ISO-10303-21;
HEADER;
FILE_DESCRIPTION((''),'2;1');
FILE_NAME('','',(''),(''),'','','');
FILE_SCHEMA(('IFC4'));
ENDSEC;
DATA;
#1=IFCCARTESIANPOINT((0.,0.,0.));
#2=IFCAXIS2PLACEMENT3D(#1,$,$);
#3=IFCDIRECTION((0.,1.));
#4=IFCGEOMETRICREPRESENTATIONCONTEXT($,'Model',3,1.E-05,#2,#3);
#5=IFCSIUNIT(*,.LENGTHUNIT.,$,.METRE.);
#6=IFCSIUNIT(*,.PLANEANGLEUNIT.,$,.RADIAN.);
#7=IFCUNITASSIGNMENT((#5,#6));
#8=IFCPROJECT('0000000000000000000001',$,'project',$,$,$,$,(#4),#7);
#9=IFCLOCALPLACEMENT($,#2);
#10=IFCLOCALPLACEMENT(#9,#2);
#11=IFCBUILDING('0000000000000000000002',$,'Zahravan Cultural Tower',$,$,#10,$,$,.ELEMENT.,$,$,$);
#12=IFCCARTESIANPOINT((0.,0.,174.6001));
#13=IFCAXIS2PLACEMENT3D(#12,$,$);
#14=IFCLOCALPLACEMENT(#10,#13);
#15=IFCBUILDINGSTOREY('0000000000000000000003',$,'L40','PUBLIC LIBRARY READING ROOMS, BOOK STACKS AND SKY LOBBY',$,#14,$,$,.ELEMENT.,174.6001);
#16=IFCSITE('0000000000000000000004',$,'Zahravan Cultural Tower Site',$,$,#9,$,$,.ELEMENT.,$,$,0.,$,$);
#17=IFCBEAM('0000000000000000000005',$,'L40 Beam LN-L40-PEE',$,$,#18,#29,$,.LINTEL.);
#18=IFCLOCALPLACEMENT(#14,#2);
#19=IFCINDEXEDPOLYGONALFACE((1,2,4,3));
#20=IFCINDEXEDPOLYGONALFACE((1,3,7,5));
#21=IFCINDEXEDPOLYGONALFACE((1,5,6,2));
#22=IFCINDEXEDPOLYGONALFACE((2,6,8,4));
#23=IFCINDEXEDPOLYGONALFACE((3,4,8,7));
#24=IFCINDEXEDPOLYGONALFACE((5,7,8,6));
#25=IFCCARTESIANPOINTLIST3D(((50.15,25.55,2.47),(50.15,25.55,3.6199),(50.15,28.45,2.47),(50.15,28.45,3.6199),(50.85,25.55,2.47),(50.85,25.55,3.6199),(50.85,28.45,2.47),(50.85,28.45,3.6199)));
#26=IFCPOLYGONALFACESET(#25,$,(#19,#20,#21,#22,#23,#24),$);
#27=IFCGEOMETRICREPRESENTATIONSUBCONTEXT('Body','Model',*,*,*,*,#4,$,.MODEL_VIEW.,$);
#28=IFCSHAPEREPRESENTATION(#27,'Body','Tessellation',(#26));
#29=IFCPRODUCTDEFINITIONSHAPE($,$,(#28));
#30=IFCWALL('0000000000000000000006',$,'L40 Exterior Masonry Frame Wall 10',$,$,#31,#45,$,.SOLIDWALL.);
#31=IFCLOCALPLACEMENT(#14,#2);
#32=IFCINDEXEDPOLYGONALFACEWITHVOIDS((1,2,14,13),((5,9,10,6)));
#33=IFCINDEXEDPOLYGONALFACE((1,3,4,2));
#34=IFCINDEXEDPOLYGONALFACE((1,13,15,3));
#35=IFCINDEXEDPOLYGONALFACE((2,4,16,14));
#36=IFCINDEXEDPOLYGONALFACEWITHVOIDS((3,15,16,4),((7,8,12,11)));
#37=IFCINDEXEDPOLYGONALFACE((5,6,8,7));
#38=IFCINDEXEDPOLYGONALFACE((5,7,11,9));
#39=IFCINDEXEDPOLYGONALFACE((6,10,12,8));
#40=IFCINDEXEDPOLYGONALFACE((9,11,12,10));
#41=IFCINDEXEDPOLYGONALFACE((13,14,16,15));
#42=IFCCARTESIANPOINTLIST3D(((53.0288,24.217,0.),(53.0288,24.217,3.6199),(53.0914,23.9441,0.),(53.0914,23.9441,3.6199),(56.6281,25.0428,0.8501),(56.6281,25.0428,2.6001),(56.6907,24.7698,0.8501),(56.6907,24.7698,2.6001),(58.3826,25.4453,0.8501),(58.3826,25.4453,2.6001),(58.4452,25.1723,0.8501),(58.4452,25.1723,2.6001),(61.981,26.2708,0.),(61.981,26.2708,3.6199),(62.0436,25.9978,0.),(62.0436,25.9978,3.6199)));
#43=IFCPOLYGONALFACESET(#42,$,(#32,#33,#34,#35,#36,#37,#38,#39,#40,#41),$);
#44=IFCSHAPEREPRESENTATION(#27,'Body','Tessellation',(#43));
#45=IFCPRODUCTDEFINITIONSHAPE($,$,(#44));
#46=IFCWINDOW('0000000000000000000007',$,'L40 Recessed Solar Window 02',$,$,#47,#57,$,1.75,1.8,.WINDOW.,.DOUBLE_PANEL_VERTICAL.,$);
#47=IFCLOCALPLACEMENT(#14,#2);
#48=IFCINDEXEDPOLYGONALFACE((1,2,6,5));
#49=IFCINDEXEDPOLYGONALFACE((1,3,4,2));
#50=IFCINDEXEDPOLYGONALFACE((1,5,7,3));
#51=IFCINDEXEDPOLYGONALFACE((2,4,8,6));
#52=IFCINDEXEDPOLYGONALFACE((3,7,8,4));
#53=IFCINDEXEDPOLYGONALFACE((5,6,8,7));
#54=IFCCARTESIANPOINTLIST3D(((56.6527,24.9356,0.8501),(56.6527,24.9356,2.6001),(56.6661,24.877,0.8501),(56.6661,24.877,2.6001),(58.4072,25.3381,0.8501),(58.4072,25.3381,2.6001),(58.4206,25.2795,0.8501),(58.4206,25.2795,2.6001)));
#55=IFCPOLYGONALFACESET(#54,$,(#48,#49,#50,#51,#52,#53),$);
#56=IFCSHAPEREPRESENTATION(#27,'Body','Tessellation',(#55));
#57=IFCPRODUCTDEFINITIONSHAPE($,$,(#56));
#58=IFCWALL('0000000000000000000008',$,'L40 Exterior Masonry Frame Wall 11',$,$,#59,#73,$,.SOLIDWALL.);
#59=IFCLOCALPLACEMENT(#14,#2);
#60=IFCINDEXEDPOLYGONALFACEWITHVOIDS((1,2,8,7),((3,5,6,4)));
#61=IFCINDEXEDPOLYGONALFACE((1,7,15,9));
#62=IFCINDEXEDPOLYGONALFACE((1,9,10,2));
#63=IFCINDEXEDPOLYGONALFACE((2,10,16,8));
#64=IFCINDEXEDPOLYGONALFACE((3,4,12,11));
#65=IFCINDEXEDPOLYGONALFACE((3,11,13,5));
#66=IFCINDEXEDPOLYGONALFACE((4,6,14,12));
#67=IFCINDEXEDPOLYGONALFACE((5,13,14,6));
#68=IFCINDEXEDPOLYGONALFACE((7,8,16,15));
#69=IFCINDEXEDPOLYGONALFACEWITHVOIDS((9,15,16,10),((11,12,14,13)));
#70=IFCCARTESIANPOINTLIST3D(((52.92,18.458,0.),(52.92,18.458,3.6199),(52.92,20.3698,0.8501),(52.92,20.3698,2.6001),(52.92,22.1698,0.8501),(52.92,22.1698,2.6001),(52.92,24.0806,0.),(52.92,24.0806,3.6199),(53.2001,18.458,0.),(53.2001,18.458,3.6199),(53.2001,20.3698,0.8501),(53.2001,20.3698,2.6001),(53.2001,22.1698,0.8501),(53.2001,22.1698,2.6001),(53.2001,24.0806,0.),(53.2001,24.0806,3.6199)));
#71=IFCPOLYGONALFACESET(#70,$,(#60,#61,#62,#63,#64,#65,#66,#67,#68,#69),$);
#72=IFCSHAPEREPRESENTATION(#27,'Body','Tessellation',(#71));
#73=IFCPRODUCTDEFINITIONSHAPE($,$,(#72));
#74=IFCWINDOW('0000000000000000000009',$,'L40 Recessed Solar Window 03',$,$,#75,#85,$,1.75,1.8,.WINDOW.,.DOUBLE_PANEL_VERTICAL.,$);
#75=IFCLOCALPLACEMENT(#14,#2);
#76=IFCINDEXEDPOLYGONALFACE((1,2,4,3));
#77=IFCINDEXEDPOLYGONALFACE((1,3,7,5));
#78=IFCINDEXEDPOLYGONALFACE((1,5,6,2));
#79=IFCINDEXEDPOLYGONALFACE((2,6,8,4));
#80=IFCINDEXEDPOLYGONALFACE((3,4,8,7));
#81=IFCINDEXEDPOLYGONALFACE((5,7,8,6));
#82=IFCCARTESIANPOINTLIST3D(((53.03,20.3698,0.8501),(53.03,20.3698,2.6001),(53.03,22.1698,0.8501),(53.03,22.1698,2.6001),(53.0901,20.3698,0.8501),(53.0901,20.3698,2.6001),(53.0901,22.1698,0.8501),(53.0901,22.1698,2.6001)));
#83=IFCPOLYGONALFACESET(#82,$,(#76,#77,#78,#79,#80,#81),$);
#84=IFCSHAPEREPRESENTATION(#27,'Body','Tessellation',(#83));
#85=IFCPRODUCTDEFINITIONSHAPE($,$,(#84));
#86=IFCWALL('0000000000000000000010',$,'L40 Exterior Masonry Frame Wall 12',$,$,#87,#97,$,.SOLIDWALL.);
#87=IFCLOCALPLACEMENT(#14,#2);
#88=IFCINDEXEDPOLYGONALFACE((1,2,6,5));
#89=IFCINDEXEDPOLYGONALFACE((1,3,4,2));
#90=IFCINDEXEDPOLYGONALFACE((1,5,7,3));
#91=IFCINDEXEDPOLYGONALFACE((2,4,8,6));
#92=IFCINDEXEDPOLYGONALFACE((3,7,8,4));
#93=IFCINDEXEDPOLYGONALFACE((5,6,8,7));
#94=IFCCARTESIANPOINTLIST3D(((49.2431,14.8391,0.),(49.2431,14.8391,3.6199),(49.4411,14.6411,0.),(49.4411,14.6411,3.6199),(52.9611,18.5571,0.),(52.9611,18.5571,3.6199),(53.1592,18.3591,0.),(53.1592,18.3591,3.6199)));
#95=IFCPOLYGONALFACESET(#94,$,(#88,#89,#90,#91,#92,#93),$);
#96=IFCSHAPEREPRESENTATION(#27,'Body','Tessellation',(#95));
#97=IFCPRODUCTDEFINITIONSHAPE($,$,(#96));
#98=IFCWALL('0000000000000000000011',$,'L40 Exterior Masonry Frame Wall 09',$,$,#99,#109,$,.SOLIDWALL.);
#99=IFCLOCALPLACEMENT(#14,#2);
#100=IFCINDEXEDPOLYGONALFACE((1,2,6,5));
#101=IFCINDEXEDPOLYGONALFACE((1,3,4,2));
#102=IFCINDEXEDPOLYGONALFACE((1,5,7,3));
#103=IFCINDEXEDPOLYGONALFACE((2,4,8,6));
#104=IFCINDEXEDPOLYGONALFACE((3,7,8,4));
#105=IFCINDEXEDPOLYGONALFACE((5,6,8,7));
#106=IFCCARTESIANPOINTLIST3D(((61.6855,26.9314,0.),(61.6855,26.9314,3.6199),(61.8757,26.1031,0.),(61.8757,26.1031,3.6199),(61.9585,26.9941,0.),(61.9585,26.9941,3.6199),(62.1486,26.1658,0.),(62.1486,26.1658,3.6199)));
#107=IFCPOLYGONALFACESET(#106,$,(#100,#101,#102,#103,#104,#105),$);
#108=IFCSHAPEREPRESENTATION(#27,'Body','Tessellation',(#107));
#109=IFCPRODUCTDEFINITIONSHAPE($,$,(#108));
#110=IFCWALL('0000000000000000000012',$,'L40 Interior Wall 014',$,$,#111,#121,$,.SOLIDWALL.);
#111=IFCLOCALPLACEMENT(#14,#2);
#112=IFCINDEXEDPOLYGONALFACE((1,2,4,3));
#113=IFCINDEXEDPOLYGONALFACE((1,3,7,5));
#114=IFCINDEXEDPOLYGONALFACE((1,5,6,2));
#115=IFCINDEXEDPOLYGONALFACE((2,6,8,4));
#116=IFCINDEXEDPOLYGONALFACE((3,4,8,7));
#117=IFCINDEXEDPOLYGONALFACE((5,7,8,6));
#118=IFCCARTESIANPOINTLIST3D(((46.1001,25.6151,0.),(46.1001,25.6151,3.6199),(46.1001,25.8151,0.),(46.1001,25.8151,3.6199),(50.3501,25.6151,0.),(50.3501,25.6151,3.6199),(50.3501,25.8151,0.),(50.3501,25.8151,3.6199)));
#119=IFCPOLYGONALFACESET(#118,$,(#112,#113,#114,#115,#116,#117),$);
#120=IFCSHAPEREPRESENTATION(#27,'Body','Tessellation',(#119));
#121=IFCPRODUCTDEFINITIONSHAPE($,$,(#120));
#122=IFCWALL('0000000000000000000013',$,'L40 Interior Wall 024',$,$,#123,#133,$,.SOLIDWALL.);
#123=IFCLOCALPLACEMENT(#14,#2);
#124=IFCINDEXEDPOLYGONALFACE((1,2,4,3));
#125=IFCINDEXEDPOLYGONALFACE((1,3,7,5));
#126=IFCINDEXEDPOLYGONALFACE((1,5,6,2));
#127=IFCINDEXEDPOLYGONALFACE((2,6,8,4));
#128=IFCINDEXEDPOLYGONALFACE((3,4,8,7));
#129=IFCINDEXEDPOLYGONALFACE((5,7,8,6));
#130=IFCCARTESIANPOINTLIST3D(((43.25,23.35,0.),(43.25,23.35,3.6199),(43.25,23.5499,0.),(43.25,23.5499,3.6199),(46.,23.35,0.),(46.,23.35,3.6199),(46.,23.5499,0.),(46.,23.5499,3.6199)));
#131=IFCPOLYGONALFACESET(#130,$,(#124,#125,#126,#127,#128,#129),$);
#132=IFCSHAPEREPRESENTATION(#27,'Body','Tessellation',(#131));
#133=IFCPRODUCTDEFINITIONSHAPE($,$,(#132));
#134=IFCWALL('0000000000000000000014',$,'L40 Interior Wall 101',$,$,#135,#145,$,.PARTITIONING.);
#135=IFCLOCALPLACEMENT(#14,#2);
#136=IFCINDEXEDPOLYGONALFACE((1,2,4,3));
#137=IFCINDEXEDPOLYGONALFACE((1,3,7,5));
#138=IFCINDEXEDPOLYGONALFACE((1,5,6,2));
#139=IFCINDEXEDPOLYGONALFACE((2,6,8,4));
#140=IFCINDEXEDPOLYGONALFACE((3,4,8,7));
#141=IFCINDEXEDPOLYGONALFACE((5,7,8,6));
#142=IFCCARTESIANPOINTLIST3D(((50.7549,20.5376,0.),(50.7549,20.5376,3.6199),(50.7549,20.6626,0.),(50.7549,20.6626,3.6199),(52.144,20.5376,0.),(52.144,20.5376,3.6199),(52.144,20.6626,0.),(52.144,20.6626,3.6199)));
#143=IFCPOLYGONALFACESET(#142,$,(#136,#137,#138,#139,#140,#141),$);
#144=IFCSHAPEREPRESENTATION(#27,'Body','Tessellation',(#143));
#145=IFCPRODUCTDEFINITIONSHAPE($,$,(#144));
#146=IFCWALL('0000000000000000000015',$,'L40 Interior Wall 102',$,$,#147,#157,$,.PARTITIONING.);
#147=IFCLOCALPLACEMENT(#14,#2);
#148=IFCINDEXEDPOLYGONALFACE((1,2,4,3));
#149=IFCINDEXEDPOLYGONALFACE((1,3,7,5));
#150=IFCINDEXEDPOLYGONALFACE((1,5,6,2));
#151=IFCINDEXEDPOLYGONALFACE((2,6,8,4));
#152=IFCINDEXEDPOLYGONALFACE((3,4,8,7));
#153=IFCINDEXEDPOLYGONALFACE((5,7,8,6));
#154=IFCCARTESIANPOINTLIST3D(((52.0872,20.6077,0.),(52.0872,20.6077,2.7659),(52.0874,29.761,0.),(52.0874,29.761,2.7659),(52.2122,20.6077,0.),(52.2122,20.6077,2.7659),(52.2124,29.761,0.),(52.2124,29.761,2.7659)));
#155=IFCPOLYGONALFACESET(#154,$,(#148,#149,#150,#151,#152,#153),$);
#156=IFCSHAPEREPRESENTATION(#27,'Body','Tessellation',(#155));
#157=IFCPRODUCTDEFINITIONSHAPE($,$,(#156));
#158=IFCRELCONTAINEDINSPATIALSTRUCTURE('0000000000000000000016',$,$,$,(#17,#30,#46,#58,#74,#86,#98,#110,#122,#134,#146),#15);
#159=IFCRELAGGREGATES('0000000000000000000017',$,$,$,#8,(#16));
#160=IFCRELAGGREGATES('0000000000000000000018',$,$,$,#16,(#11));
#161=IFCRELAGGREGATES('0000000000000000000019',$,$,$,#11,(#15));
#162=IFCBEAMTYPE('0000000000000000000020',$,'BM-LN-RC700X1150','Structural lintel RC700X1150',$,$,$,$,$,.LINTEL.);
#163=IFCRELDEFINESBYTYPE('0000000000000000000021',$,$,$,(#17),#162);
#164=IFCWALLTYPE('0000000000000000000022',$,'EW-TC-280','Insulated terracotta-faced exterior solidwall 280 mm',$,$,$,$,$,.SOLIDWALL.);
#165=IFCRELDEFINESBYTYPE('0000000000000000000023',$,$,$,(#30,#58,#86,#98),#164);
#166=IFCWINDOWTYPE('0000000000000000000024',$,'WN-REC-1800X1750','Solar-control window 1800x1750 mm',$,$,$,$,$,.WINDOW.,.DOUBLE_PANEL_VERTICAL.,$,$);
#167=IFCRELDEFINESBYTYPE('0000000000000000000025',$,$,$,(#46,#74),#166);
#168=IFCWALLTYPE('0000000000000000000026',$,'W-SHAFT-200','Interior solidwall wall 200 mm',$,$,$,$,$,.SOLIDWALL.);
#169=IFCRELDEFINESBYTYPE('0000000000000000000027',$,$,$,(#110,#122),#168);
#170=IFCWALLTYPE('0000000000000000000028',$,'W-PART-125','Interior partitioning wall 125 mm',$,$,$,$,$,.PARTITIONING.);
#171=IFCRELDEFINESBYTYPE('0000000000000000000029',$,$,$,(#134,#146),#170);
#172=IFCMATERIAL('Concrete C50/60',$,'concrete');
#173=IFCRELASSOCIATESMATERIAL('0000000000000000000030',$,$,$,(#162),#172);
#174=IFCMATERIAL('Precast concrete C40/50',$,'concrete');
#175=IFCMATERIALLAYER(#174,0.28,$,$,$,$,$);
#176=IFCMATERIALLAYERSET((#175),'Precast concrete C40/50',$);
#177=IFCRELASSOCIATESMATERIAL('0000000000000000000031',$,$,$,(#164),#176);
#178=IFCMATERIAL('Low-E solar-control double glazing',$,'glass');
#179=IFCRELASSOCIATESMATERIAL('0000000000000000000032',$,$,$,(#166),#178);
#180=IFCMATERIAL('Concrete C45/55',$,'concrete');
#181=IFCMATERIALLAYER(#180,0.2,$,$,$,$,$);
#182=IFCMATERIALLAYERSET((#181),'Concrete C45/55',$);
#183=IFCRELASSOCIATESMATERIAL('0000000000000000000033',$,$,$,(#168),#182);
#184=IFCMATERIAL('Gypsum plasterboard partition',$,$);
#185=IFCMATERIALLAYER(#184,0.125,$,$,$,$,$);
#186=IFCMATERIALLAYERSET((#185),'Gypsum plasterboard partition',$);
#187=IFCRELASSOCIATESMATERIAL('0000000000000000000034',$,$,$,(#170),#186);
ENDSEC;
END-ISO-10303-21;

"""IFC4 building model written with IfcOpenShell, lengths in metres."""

from ifc_helpers import new_model, si_unit, direction, frame, frame_2d, origin, origin_2d, place, context, subcontext, project, spatial, rectangle, extrude, source, transform, mapped, material, layer, layer_set, material_profile, profile_set, type_object, element, fill, save


model = new_model("IFC4")

# Units and contexts
model_context = context("Model", 3, precision=1e-05, world=origin(), true_north=direction((0.0, 1.0)))
body_context = subcontext(model_context, "Body", "Model", "MODEL_VIEW")
ifc_project = project(units=[si_unit("LENGTHUNIT", "METRE"), si_unit("PLANEANGLEUNIT", "RADIAN")], contexts=[model_context])

# Site, building, storey
site_placement = place(None, origin())
site = spatial("IfcSite", under=ifc_project, at=site_placement, Name="Zahravan Cultural Tower Site", CompositionType="ELEMENT", RefElevation=0.0)
building_placement = place(site_placement, origin())
building = spatial("IfcBuilding", under=site, at=building_placement, Name="Zahravan Cultural Tower", CompositionType="ELEMENT")
storey_placement = place(building_placement, frame((0.0, 0.0, 174.6001)))
storey = spatial("IfcBuildingStorey", under=building, at=storey_placement, Name="L40", Description="PUBLIC LIBRARY READING ROOMS, BOOK STACKS AND SKY LOBBY", CompositionType="ELEMENT", Elevation=174.6001)

# Beam
ifc_material_1 = material(Name="Concrete C50/60", Category="concrete")
ifc_material_profile = material_profile(ifc_material_1, rectangle(XDim=0.7, YDim=1.1499, at=origin_2d()), Name="RC700X1150")
ifc_profile_set = profile_set([ifc_material_profile], Name="Concrete C50/60")
beam_type = type_object("IfcBeamType", Name="BM-LN-RC700X1150", Description="Structural lintel RC700X1150", PredefinedType="LINTEL", material=ifc_profile_set)
shared_shape_1 = source(origin(), body_context, "Body", "SweptSolid", [
    extrude(rectangle(XDim=0.7, YDim=1.1499, at=origin_2d()), origin(), (0.0, 0.0, 1.0), 2.8999),
])
beam_placement = place(storey_placement, frame((50.5, 25.55, 3.0449), z_axis=(0.0, 1.0, 0.0), x_axis=(-1.0, 0.0, 0.0)))
element("IfcBeam", 1, at=beam_placement, inside=storey, type_object=beam_type, Name="L40 Beam LN-L40-PEE", PredefinedType="LINTEL", context=body_context, shape_type="MappedRepresentation", body=[
    mapped(shared_shape_1, transform((0.0, 0.0, 0.0), x_axis=(1.0, 0.0, 0.0), y_axis=(0.0, 1.0, 0.0), z_axis=(0.0, 0.0, 1.0), scale=1.0)),
])

# Walls, openings, windows
ifc_material_2 = material(Name="Precast concrete C40/50", Category="concrete")
ifc_layer_1 = layer(ifc_material_2, 0.28)
ifc_layer_set_1 = layer_set([ifc_layer_1], Name="Precast concrete C40/50")
wall_type_1 = type_object("IfcWallType", Name="EW-TC-280", Description="Insulated terracotta-faced exterior solidwall 280 mm", PredefinedType="SOLIDWALL", material=ifc_layer_set_1)
wall_1_placement = place(storey_placement, frame((62.0122, 26.1343, 0.0), z_axis=(0.0, 0.0, 1.0), x_axis=(-0.974681, -0.223601, 0.0)))
wall_1 = element("IfcWall", 2, at=wall_1_placement, inside=storey, type_object=wall_type_1, Name="L40 Exterior Masonry Frame Wall 10", PredefinedType="SOLIDWALL", context=body_context, shape_type="SweptSolid", body=[
    extrude(rectangle(XDim=9.1848, YDim=0.28, at=frame_2d((4.5923, 0.0))), origin(), (0.0, 0.0, 1.0), 3.6199),
])
opening_1_placement = place(wall_1_placement, frame((3.6919, 0.0, 0.8501)))
opening_1 = element("IfcOpeningElement", 3, at=opening_1_placement, cuts=wall_1, PredefinedType="OPENING", context=body_context, shape_type="SweptSolid", body=[
    extrude(rectangle(XDim=1.8, YDim=1.75, at=frame_2d((0.8999, 0.875))), frame((0.0, 0.1499, 0.0), z_axis=(0.0, -1.0, 0.0), x_axis=(1.0, 0.0, 0.0)), (0.0, 0.0, 1.0), 0.3),
])
ifc_material_3 = material(Name="Low-E solar-control double glazing", Category="glass")
window_type = type_object("IfcWindowType", Name="WN-REC-1800X1750", Description="Solar-control window 1800x1750 mm", PartitioningType="DOUBLE_PANEL_VERTICAL", PredefinedType="WINDOW", material=ifc_material_3)
shared_shape_2 = source(origin(), body_context, "Body", "SweptSolid", [
    extrude(rectangle(XDim=1.8, YDim=1.75, at=frame_2d((0.8999, 0.875))), frame((0.0, 0.03, 0.0), z_axis=(0.0, -1.0, 0.0), x_axis=(1.0, 0.0, 0.0)), (0.0, 0.0, 1.0), 0.0601),
])
window_1_placement = place(opening_1_placement, origin())
window_1 = element("IfcWindow", 4, at=window_1_placement, inside=storey, type_object=window_type, Name="L40 Recessed Solar Window 02", OverallHeight=1.75, OverallWidth=1.8, PartitioningType="DOUBLE_PANEL_VERTICAL", PredefinedType="WINDOW", context=body_context, shape_type="MappedRepresentation", body=[
    mapped(shared_shape_2, transform((0.0, 0.0, 0.0), x_axis=(1.0, 0.0, 0.0), y_axis=(0.0, 1.0, 0.0), z_axis=(0.0, 0.0, 1.0), scale=1.0)),
])
fill(opening_1, window_1)
wall_2_placement = place(storey_placement, frame((53.0601, 24.0806, 0.0), z_axis=(0.0, 0.0, 1.0), x_axis=(0.0, -1.0, 0.0)))
wall_2 = element("IfcWall", 5, at=wall_2_placement, inside=storey, type_object=wall_type_1, Name="L40 Exterior Masonry Frame Wall 11", PredefinedType="SOLIDWALL", context=body_context, shape_type="SweptSolid", body=[
    extrude(rectangle(XDim=5.6226, YDim=0.28, at=frame_2d((2.8113, 0.0))), origin(), (0.0, 0.0, 1.0), 3.6199),
])
opening_2_placement = place(wall_2_placement, frame((1.9109, 0.0, 0.8501)))
opening_2 = element("IfcOpeningElement", 6, at=opening_2_placement, cuts=wall_2, PredefinedType="OPENING", context=body_context, shape_type="SweptSolid", body=[
    extrude(rectangle(XDim=1.8, YDim=1.75, at=frame_2d((0.8999, 0.875))), frame((0.0, 0.1499, 0.0), z_axis=(0.0, -1.0, 0.0), x_axis=(1.0, 0.0, 0.0)), (0.0, 0.0, 1.0), 0.3),
])
window_2_placement = place(opening_2_placement, origin())
window_2 = element("IfcWindow", 7, at=window_2_placement, inside=storey, type_object=window_type, Name="L40 Recessed Solar Window 03", OverallHeight=1.75, OverallWidth=1.8, PartitioningType="DOUBLE_PANEL_VERTICAL", PredefinedType="WINDOW", context=body_context, shape_type="MappedRepresentation", body=[
    mapped(shared_shape_2, transform((0.0, 0.0, 0.0), x_axis=(1.0, 0.0, 0.0), y_axis=(0.0, 1.0, 0.0), z_axis=(0.0, 0.0, 1.0), scale=1.0)),
])
fill(opening_2, window_2)

# Walls
shared_shape_3 = source(origin(), body_context, "Body", "SweptSolid", [
    extrude(rectangle(XDim=5.2581, YDim=0.28, at=frame_2d((2.6289, 0.0))), origin(), (0.0, 0.0, 1.0), 3.6199),
])
wall_3_placement = place(storey_placement, frame((53.0601, 18.458, 0.0), z_axis=(0.0, 0.0, 1.0), x_axis=(-0.707107, -0.707107, 0.0)))
element("IfcWall", 8, at=wall_3_placement, inside=storey, type_object=wall_type_1, Name="L40 Exterior Masonry Frame Wall 12", PredefinedType="SOLIDWALL", context=body_context, shape_type="MappedRepresentation", body=[
    mapped(shared_shape_3, transform((0.0, 0.0, 0.0), x_axis=(1.0, 0.0, 0.0), y_axis=(0.0, 1.0, 0.0), z_axis=(0.0, 0.0, 1.0), scale=1.0)),
])
shared_shape_4 = source(origin(), body_context, "Body", "SweptSolid", [
    extrude(rectangle(XDim=0.8499, YDim=0.28, at=frame_2d((0.4248, 0.0))), origin(), (0.0, 0.0, 1.0), 3.6199),
])
wall_4_placement = place(storey_placement, frame((61.822, 26.9626, 0.0), z_axis=(0.0, 0.0, 1.0), x_axis=(0.223768, -0.974642, 0.0)))
element("IfcWall", 9, at=wall_4_placement, inside=storey, type_object=wall_type_1, Name="L40 Exterior Masonry Frame Wall 09", PredefinedType="SOLIDWALL", context=body_context, shape_type="MappedRepresentation", body=[
    mapped(shared_shape_4, transform((0.0, 0.0, 0.0), x_axis=(1.0, 0.0, 0.0), y_axis=(0.0, 1.0, 0.0), z_axis=(0.0, 0.0, 1.0), scale=1.0)),
])
ifc_material_4 = material(Name="Concrete C45/55", Category="concrete")
ifc_layer_2 = layer(ifc_material_4, 0.2)
ifc_layer_set_2 = layer_set([ifc_layer_2], Name="Concrete C45/55")
wall_type_2 = type_object("IfcWallType", Name="W-SHAFT-200", Description="Interior solidwall wall 200 mm", PredefinedType="SOLIDWALL", material=ifc_layer_set_2)
shared_shape_5 = source(origin(), body_context, "Body", "SweptSolid", [
    extrude(rectangle(XDim=4.25, YDim=0.2, at=frame_2d((2.125, 0.0))), origin(), (0.0, 0.0, 1.0), 3.6199),
])
wall_5_placement = place(storey_placement, frame((46.1001, 25.7151, 0.0), z_axis=(0.0, 0.0, 1.0), x_axis=(1.0, 0.0, 0.0)))
element("IfcWall", 10, at=wall_5_placement, inside=storey, type_object=wall_type_2, Name="L40 Interior Wall 014", PredefinedType="SOLIDWALL", context=body_context, shape_type="MappedRepresentation", body=[
    mapped(shared_shape_5, transform((0.0, 0.0, 0.0), x_axis=(1.0, 0.0, 0.0), y_axis=(0.0, 1.0, 0.0), z_axis=(0.0, 0.0, 1.0), scale=1.0)),
])
shared_shape_6 = source(origin(), body_context, "Body", "SweptSolid", [
    extrude(rectangle(XDim=2.75, YDim=0.2, at=frame_2d((1.375, 0.0))), origin(), (0.0, 0.0, 1.0), 3.6199),
])
wall_6_placement = place(storey_placement, frame((43.25, 23.45, 0.0), z_axis=(0.0, 0.0, 1.0), x_axis=(1.0, 0.0, 0.0)))
element("IfcWall", 11, at=wall_6_placement, inside=storey, type_object=wall_type_2, Name="L40 Interior Wall 024", PredefinedType="SOLIDWALL", context=body_context, shape_type="MappedRepresentation", body=[
    mapped(shared_shape_6, transform((0.0, 0.0, 0.0), x_axis=(1.0, 0.0, 0.0), y_axis=(0.0, 1.0, 0.0), z_axis=(0.0, 0.0, 1.0), scale=1.0)),
])
ifc_material_5 = material(Name="Gypsum plasterboard partition")
ifc_layer_3 = layer(ifc_material_5, 0.125)
ifc_layer_set_3 = layer_set([ifc_layer_3], Name="Gypsum plasterboard partition")
wall_type_3 = type_object("IfcWallType", Name="W-PART-125", Description="Interior partitioning wall 125 mm", PredefinedType="PARTITIONING", material=ifc_layer_set_3)
shared_shape_7 = source(origin(), body_context, "Body", "SweptSolid", [
    extrude(rectangle(XDim=1.3892, YDim=0.125, at=frame_2d((0.6946, 0.0))), origin(), (0.0, 0.0, 1.0), 3.6199),
])
wall_7_placement = place(storey_placement, frame((50.7549, 20.6001, 0.0), z_axis=(0.0, 0.0, 1.0), x_axis=(1.0, 0.0, 0.0)))
element("IfcWall", 12, at=wall_7_placement, inside=storey, type_object=wall_type_3, Name="L40 Interior Wall 101", PredefinedType="PARTITIONING", context=body_context, shape_type="MappedRepresentation", body=[
    mapped(shared_shape_7, transform((0.0, 0.0, 0.0), x_axis=(1.0, 0.0, 0.0), y_axis=(0.0, 1.0, 0.0), z_axis=(0.0, 0.0, 1.0), scale=1.0)),
])
shared_shape_8 = source(origin(), body_context, "Body", "SweptSolid", [
    extrude(rectangle(XDim=9.1533, YDim=0.125, at=frame_2d((4.5767, 0.0))), origin(), (0.0, 0.0, 1.0), 2.7659),
])
wall_8_placement = place(storey_placement, frame((52.1497, 20.6077, 0.0), z_axis=(0.0, 0.0, 1.0), x_axis=(0.000027, 1.0, 0.0)))
element("IfcWall", 13, at=wall_8_placement, inside=storey, type_object=wall_type_3, Name="L40 Interior Wall 102", PredefinedType="PARTITIONING", context=body_context, shape_type="MappedRepresentation", body=[
    mapped(shared_shape_8, transform((0.0, 0.0, 0.0), x_axis=(1.0, 0.0, 0.0), y_axis=(0.0, 1.0, 0.0), z_axis=(0.0, 0.0, 1.0), scale=1.0)),
])

save(model, "model.ifc")
